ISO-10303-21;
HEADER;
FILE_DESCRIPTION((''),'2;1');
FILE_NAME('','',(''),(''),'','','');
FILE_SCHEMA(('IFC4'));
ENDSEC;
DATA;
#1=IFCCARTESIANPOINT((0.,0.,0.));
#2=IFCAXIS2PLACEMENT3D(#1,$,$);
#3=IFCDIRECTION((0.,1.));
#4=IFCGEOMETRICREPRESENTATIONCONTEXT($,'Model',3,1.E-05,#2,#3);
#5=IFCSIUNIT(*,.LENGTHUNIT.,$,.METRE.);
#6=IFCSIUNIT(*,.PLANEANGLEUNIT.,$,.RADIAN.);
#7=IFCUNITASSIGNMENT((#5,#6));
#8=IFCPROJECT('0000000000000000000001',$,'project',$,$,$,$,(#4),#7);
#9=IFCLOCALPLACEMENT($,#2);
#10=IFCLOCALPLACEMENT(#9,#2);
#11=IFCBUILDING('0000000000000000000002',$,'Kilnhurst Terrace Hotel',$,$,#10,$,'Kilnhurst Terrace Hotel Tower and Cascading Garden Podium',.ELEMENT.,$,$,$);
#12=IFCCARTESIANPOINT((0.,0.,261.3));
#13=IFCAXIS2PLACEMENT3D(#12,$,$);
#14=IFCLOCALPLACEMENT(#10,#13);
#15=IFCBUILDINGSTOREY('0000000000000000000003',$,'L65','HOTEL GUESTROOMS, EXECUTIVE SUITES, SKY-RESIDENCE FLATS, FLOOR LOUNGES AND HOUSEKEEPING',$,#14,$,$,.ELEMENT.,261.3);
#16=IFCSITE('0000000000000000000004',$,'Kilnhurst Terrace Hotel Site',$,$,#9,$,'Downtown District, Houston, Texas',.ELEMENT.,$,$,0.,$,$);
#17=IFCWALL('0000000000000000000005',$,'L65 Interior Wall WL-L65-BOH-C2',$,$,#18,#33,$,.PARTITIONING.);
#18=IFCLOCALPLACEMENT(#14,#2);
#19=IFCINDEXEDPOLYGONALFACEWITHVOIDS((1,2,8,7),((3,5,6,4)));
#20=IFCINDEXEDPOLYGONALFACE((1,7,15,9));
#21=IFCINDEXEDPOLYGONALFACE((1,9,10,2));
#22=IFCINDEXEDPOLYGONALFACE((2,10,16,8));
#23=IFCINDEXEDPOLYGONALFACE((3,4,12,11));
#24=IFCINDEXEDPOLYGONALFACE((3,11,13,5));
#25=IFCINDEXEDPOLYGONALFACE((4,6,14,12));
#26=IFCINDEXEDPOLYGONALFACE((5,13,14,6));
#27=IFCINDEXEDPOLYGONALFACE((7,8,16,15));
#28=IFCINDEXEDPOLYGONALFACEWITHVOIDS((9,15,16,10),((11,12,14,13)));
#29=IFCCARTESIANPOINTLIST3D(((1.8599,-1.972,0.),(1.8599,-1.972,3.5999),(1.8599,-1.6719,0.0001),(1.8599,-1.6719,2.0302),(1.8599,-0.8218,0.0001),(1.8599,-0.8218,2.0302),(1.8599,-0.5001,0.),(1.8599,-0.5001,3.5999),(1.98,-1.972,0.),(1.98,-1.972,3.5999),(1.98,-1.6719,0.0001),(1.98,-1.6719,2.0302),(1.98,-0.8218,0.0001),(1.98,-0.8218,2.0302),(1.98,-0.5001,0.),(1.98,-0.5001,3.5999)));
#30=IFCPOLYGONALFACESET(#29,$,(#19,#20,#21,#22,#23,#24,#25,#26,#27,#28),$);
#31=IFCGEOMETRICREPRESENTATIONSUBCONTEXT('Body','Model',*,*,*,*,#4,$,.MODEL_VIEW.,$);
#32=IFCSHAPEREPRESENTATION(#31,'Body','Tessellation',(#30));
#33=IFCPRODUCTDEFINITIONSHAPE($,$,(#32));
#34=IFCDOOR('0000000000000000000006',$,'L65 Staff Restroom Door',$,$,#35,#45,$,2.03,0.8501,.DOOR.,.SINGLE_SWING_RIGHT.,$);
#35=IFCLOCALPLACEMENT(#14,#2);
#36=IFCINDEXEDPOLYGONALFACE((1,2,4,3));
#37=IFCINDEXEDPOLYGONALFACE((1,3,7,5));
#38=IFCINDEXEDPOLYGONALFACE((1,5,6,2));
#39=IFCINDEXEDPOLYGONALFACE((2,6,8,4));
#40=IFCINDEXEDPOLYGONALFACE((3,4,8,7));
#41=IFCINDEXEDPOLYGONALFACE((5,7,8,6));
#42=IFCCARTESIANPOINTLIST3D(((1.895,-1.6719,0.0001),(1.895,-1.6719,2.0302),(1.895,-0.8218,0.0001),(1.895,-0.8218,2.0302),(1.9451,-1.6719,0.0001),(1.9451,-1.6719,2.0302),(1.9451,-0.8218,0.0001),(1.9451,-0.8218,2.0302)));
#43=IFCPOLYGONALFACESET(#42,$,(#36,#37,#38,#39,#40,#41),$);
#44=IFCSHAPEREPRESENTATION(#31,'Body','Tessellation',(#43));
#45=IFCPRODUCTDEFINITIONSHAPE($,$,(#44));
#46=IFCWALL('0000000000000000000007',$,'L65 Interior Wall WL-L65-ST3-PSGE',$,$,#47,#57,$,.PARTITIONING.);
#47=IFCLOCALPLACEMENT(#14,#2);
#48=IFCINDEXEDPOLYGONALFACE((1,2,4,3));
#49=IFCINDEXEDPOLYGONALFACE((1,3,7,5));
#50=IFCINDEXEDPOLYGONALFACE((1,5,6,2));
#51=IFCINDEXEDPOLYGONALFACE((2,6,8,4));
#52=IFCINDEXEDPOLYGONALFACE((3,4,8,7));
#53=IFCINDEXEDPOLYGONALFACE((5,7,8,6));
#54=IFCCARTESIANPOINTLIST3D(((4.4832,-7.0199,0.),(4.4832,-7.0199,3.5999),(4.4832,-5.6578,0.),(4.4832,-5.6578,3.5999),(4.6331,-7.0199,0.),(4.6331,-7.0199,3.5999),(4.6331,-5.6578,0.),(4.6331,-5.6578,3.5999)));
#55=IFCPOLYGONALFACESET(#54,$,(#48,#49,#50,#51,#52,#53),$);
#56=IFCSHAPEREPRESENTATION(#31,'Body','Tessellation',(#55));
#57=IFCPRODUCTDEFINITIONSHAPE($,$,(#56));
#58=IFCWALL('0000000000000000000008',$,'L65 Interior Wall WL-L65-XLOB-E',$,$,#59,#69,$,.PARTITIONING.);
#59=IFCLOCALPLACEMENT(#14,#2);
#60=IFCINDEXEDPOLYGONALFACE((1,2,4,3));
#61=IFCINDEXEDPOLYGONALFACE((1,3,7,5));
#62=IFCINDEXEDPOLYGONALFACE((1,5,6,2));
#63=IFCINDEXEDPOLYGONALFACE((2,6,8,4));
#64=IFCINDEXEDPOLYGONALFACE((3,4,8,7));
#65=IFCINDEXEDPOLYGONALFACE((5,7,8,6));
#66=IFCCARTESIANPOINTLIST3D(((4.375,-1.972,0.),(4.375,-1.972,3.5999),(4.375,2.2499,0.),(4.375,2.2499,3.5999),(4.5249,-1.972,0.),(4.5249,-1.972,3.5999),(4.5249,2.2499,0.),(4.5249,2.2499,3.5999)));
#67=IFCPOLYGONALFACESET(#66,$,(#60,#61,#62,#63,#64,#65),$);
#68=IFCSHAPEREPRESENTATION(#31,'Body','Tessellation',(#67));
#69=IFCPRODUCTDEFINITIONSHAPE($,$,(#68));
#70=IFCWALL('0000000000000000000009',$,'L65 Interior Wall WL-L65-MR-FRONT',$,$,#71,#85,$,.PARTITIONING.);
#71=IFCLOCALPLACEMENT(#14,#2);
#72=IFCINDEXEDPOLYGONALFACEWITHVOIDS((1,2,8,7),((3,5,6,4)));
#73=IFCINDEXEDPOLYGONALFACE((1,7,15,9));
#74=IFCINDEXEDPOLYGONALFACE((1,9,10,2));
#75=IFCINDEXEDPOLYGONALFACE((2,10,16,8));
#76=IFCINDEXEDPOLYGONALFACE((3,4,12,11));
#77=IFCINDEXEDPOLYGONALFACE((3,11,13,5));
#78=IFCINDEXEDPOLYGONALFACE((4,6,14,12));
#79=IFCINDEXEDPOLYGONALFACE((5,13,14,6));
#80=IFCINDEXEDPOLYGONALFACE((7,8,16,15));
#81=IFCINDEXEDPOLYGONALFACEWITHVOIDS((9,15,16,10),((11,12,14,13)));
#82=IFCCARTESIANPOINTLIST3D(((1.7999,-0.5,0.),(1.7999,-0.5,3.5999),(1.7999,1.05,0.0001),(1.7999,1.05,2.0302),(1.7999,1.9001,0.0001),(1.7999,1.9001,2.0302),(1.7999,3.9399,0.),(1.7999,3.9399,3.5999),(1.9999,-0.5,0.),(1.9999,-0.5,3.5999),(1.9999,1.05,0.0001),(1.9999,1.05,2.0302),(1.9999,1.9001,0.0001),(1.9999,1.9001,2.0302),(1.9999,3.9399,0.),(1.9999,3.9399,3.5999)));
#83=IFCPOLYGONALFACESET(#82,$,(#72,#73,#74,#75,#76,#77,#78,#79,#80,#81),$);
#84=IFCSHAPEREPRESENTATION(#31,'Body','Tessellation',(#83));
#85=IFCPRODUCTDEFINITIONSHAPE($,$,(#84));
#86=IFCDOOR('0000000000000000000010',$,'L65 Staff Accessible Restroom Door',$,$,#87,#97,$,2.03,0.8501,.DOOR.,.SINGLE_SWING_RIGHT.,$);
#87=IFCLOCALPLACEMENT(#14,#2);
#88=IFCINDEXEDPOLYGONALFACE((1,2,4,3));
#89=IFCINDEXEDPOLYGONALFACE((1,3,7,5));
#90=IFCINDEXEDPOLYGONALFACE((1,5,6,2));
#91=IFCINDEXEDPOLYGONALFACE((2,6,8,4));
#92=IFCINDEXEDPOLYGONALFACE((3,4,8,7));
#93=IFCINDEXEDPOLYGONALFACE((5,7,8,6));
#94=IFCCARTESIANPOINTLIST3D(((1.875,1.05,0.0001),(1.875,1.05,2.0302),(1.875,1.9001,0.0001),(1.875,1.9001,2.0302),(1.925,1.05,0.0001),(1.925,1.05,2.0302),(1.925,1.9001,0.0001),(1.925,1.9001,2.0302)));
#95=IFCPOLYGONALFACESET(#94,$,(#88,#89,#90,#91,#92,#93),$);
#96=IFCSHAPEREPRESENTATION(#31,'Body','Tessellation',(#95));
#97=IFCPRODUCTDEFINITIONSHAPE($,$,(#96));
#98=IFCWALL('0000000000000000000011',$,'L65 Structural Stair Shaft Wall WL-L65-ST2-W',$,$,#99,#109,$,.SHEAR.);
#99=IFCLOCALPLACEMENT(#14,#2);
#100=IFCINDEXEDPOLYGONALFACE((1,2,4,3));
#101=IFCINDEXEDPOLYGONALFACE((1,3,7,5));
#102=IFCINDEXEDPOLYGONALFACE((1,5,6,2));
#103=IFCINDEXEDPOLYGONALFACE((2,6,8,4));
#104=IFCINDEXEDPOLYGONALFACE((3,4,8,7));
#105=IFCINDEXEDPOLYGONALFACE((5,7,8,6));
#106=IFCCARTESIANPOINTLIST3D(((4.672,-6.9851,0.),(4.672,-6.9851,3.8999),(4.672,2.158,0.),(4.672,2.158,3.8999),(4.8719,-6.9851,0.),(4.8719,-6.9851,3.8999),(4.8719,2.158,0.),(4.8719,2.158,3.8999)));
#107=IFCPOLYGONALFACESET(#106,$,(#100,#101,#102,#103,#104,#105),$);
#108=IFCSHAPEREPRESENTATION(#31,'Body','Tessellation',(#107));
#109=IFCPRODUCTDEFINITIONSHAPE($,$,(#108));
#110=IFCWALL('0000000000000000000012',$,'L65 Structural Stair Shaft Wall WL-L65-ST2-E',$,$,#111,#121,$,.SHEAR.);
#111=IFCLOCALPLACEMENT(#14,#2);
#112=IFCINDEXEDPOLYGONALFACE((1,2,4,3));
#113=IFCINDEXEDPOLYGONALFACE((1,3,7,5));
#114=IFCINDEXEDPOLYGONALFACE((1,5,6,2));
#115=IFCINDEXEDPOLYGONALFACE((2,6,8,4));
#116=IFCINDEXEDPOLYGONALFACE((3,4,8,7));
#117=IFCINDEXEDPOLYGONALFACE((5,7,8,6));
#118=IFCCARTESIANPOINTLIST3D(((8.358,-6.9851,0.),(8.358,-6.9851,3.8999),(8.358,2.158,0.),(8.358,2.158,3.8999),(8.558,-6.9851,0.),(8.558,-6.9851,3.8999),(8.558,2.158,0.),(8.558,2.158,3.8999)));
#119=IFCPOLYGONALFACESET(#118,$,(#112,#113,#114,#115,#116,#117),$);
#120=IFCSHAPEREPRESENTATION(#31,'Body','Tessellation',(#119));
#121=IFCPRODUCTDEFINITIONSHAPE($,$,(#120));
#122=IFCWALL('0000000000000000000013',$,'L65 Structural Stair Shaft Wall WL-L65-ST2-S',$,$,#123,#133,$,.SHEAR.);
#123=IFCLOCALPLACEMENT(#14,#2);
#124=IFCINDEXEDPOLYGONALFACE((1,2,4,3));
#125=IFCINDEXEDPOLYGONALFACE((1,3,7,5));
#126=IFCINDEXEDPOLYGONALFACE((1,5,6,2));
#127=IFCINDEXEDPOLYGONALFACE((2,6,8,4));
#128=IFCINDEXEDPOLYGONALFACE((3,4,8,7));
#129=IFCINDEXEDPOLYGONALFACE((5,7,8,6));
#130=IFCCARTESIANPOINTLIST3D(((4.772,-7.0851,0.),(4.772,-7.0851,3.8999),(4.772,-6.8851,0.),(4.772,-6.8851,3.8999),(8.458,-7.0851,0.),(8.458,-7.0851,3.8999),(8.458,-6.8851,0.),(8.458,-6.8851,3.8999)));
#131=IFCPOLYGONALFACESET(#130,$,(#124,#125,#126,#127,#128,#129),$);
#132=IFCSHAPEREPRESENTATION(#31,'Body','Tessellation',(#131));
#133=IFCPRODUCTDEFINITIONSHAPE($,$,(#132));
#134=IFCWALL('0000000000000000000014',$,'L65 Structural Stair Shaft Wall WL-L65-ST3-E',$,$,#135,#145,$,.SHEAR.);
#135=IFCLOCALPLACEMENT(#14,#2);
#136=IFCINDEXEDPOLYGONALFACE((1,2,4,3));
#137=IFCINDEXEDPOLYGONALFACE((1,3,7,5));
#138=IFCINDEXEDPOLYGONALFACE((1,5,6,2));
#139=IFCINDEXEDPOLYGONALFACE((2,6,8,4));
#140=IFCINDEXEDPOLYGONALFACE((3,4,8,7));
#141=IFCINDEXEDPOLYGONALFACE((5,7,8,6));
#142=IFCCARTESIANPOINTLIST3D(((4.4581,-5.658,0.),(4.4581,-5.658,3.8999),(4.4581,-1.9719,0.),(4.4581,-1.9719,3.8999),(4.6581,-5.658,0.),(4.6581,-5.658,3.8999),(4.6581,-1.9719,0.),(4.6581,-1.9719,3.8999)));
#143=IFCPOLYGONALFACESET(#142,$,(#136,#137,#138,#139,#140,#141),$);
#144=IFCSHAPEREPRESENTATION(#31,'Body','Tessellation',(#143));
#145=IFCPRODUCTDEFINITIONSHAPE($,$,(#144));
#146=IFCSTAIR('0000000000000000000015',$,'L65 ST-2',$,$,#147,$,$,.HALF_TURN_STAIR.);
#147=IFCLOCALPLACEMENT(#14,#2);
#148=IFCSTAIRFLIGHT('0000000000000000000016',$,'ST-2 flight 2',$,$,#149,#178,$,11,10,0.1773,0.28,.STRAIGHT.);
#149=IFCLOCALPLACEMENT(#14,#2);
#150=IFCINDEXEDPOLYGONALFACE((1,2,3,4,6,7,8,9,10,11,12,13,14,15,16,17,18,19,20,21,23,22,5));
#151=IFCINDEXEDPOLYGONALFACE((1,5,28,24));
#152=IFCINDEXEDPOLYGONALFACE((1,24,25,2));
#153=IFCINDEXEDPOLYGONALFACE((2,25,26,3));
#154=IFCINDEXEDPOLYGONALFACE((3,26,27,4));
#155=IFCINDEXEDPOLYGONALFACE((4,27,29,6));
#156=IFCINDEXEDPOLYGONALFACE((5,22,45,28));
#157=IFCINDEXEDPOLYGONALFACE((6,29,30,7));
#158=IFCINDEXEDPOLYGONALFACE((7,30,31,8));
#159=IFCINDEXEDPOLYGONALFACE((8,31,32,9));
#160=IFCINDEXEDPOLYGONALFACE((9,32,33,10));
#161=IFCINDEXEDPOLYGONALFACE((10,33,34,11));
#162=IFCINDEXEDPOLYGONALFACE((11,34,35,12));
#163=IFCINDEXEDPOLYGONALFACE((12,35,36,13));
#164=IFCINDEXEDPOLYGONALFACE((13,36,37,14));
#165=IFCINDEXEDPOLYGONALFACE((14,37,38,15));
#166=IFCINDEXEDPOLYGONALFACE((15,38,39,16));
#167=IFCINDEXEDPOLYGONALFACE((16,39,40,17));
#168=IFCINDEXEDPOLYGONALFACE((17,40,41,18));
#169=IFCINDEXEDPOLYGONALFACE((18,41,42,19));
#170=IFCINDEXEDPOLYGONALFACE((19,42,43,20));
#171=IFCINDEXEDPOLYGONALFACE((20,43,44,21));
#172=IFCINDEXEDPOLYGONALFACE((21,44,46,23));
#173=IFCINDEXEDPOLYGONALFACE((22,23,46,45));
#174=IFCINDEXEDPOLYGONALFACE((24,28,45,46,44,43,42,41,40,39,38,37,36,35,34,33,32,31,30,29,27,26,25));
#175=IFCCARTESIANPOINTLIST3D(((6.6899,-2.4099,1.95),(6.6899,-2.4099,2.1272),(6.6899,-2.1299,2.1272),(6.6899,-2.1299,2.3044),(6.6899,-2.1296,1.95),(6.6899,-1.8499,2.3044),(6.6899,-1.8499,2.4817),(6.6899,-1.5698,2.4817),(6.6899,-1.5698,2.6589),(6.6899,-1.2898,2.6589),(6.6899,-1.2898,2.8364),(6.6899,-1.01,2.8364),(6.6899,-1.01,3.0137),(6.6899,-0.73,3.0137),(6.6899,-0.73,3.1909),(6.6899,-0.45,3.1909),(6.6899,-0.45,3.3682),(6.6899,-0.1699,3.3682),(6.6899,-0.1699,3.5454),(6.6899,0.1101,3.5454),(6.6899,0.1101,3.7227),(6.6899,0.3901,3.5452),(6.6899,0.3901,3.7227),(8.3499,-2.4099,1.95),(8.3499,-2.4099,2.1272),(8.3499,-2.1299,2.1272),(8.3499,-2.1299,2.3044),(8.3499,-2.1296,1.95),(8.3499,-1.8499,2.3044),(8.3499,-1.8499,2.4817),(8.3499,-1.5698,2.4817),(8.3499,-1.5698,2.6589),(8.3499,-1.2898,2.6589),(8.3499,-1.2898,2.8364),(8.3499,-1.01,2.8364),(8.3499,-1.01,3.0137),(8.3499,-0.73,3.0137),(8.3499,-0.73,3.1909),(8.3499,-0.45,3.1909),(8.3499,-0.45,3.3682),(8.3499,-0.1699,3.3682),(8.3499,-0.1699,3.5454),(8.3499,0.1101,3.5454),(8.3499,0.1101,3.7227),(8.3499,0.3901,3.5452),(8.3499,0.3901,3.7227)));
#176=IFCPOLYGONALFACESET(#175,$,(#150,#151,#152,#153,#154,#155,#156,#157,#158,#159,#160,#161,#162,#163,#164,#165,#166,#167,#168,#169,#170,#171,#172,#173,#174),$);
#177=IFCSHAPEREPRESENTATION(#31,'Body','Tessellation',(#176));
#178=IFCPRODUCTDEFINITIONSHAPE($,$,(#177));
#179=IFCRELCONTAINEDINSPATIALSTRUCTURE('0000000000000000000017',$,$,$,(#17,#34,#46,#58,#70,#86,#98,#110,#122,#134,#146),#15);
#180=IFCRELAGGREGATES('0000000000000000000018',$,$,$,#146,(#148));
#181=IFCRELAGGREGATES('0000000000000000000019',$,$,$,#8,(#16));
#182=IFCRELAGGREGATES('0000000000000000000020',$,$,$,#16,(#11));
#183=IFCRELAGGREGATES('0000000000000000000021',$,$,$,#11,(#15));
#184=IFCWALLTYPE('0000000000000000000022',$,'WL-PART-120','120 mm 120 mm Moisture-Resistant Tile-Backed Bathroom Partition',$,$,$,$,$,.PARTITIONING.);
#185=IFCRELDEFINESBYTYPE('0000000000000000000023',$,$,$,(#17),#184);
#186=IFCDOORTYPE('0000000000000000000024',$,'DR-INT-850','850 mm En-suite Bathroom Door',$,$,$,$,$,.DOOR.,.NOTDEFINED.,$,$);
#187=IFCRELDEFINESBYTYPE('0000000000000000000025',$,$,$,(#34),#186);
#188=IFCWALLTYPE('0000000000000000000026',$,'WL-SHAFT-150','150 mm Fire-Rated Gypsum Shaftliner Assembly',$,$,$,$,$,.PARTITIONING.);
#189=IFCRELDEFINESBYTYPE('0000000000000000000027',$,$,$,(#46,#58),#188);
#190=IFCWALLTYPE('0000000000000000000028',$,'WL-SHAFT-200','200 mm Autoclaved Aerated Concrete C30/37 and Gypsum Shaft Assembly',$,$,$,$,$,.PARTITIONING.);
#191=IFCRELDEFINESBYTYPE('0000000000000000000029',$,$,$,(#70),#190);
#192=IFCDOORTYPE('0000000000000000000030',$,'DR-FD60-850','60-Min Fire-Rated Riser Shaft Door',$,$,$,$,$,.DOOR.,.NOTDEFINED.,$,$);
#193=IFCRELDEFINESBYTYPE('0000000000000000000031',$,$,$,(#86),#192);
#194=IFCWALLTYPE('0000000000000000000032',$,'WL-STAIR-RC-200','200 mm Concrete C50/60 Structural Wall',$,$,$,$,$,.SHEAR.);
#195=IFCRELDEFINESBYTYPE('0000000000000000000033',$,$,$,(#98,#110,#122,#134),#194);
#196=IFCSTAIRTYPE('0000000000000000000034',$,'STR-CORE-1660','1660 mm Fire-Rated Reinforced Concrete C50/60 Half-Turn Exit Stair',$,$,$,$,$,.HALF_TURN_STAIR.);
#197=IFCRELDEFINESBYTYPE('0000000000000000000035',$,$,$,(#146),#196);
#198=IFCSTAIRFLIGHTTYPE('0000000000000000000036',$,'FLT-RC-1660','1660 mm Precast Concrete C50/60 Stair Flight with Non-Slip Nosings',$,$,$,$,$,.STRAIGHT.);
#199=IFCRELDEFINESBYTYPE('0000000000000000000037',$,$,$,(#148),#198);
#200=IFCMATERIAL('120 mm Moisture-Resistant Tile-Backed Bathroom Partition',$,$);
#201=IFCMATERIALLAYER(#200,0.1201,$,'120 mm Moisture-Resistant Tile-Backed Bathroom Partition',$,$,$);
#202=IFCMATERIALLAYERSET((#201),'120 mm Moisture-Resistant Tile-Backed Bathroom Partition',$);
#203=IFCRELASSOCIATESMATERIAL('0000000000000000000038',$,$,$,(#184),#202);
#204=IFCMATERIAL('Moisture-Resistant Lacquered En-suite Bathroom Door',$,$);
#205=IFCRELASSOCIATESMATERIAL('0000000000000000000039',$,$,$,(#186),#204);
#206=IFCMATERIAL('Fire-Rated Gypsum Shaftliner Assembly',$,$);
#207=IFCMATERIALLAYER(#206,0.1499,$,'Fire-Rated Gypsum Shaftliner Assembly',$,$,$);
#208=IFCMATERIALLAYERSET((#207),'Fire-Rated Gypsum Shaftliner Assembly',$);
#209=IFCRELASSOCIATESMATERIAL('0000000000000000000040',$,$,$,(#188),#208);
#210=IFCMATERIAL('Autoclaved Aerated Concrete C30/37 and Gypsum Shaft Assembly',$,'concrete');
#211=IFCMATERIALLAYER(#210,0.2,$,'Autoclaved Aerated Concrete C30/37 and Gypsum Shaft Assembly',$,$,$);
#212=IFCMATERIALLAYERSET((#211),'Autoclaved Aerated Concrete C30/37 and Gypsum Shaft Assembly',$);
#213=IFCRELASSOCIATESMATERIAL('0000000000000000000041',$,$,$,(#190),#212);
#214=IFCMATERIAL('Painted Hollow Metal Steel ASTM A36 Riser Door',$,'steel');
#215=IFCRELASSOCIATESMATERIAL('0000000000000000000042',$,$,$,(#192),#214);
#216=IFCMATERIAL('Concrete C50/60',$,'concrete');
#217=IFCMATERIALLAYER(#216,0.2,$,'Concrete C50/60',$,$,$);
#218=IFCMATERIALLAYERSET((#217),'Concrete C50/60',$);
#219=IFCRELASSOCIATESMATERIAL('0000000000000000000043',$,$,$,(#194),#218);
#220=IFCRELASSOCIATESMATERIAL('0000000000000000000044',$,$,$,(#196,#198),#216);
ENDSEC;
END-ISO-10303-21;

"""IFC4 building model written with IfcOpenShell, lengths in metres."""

from ifc_helpers import new_model, si_unit, direction, frame, frame_2d, origin, place, context, subcontext, project, spatial, polyline, rectangle, outline, extrude, material, layer, layer_set, type_object, element, fill, aggregate, save


model = new_model("IFC4")

# Units and contexts
model_context = context("Model", 3, precision=1e-05, world=origin(), true_north=direction((0.0, 1.0)))
body_context = subcontext(model_context, "Body", "Model", "MODEL_VIEW")
ifc_project = project(units=[si_unit("LENGTHUNIT", "METRE"), si_unit("PLANEANGLEUNIT", "RADIAN")], contexts=[model_context])

# Site, building, storey
site_placement = place(None, origin())
site = spatial("IfcSite", under=ifc_project, at=site_placement, Name="Kilnhurst Terrace Hotel Site", LongName="Downtown District, Houston, Texas", CompositionType="ELEMENT", RefElevation=0.0)
building_placement = place(site_placement, origin())
building = spatial("IfcBuilding", under=site, at=building_placement, Name="Kilnhurst Terrace Hotel", LongName="Kilnhurst Terrace Hotel Tower and Cascading Garden Podium", CompositionType="ELEMENT")
storey_placement = place(building_placement, frame((0.0, 0.0, 261.3)))
storey = spatial("IfcBuildingStorey", under=building, at=storey_placement, Name="L65", Description="HOTEL GUESTROOMS, EXECUTIVE SUITES, SKY-RESIDENCE FLATS, FLOOR LOUNGES AND HOUSEKEEPING", CompositionType="ELEMENT", Elevation=261.3)

# Wall, opening, door
ifc_material_1 = material(Name="120 mm Moisture-Resistant Tile-Backed Bathroom Partition")
ifc_layer_1 = layer(ifc_material_1, 0.1201, Name="120 mm Moisture-Resistant Tile-Backed Bathroom Partition")
ifc_layer_set_1 = layer_set([ifc_layer_1], Name="120 mm Moisture-Resistant Tile-Backed Bathroom Partition")
wall_type_1 = type_object("IfcWallType", Name="WL-PART-120", Description="120 mm 120 mm Moisture-Resistant Tile-Backed Bathroom Partition", PredefinedType="PARTITIONING", material=ifc_layer_set_1)
wall_1_placement = place(storey_placement, frame((1.9199, -1.9719, 0.0), z_axis=(0.0, 0.0, 1.0), x_axis=(0.0, 1.0, 0.0)))
wall_1 = element("IfcWall", 1, at=wall_1_placement, inside=storey, type_object=wall_type_1, Name="L65 Interior Wall WL-L65-BOH-C2", PredefinedType="PARTITIONING", context=body_context, shape_type="SweptSolid", body=[
    extrude(rectangle(XDim=1.4719, YDim=0.1201, at=frame_2d((0.7358, 0.0))), origin(), (0.0, 0.0, 1.0), 3.5999),
])
opening_1_placement = place(wall_1_placement, frame((0.3, 0.0, 0.0)))
opening_1 = element("IfcOpeningElement", 2, at=opening_1_placement, cuts=wall_1, PredefinedType="OPENING", context=body_context, shape_type="SweptSolid", body=[
    extrude(rectangle(XDim=0.8501, YDim=2.03, at=frame_2d((0.425, 1.0151))), frame((0.0, 0.0701, 0.0), z_axis=(0.0, -1.0, 0.0), x_axis=(1.0, 0.0, 0.0)), (0.0, 0.0, 1.0), 0.1401),
])
ifc_material_2 = material(Name="Moisture-Resistant Lacquered En-suite Bathroom Door")
door_type_1 = type_object("IfcDoorType", Name="DR-INT-850", Description="850 mm En-suite Bathroom Door", OperationType="NOTDEFINED", PredefinedType="DOOR", material=ifc_material_2)
door_1_placement = place(opening_1_placement, origin())
door_1 = element("IfcDoor", 3, at=door_1_placement, inside=storey, type_object=door_type_1, Name="L65 Staff Restroom Door", OperationType="SINGLE_SWING_RIGHT", OverallHeight=2.03, OverallWidth=0.8501, PredefinedType="DOOR", context=body_context, shape_type="SweptSolid", body=[
    extrude(rectangle(XDim=0.8501, YDim=2.03, at=frame_2d((0.425, 1.0151))), frame((0.0, 0.0249, 0.0), z_axis=(0.0, -1.0, 0.0), x_axis=(1.0, 0.0, 0.0)), (0.0, 0.0, 1.0), 0.05),
])
fill(opening_1, door_1)

# Walls
ifc_material_3 = material(Name="Fire-Rated Gypsum Shaftliner Assembly")
ifc_layer_2 = layer(ifc_material_3, 0.1499, Name="Fire-Rated Gypsum Shaftliner Assembly")
ifc_layer_set_2 = layer_set([ifc_layer_2], Name="Fire-Rated Gypsum Shaftliner Assembly")
wall_type_2 = type_object("IfcWallType", Name="WL-SHAFT-150", Description="150 mm Fire-Rated Gypsum Shaftliner Assembly", PredefinedType="PARTITIONING", material=ifc_layer_set_2)
wall_2_placement = place(storey_placement, frame((4.5581, -7.02, 0.0), z_axis=(0.0, 0.0, 1.0), x_axis=(0.0, 1.0, 0.0)))
element("IfcWall", 4, at=wall_2_placement, inside=storey, type_object=wall_type_2, Name="L65 Interior Wall WL-L65-ST3-PSGE", PredefinedType="PARTITIONING", context=body_context, shape_type="SweptSolid", body=[
    extrude(rectangle(XDim=1.3621, YDim=0.1499, at=frame_2d((0.6812, 0.0))), origin(), (0.0, 0.0, 1.0), 3.5999),
])
wall_3_placement = place(storey_placement, frame((4.45, -1.9719, 0.0), z_axis=(0.0, 0.0, 1.0), x_axis=(0.0, 1.0, 0.0)))
element("IfcWall", 5, at=wall_3_placement, inside=storey, type_object=wall_type_2, Name="L65 Interior Wall WL-L65-XLOB-E", PredefinedType="PARTITIONING", context=body_context, shape_type="SweptSolid", body=[
    extrude(rectangle(XDim=4.2219, YDim=0.1499, at=frame_2d((2.1108, 0.0))), origin(), (0.0, 0.0, 1.0), 3.5999),
])

# Wall, opening, door
ifc_material_4 = material(Name="Autoclaved Aerated Concrete C30/37 and Gypsum Shaft Assembly", Category="concrete")
ifc_layer_3 = layer(ifc_material_4, 0.2, Name="Autoclaved Aerated Concrete C30/37 and Gypsum Shaft Assembly")
ifc_layer_set_3 = layer_set([ifc_layer_3], Name="Autoclaved Aerated Concrete C30/37 and Gypsum Shaft Assembly")
wall_type_3 = type_object("IfcWallType", Name="WL-SHAFT-200", Description="200 mm Autoclaved Aerated Concrete C30/37 and Gypsum Shaft Assembly", PredefinedType="PARTITIONING", material=ifc_layer_set_3)
wall_4_placement = place(storey_placement, frame((1.8999, -0.5, 0.0), z_axis=(0.0, 0.0, 1.0), x_axis=(0.0, 1.0, 0.0)))
wall_4 = element("IfcWall", 6, at=wall_4_placement, inside=storey, type_object=wall_type_3, Name="L65 Interior Wall WL-L65-MR-FRONT", PredefinedType="PARTITIONING", context=body_context, shape_type="SweptSolid", body=[
    extrude(rectangle(XDim=4.4399, YDim=0.2, at=frame_2d((2.22, 0.0))), origin(), (0.0, 0.0, 1.0), 3.5999),
])
opening_2_placement = place(wall_4_placement, frame((1.55, 0.0, 0.0)))
opening_2 = element("IfcOpeningElement", 7, at=opening_2_placement, cuts=wall_4, PredefinedType="OPENING", context=body_context, shape_type="SweptSolid", body=[
    extrude(rectangle(XDim=0.8501, YDim=2.03, at=frame_2d((0.425, 1.0151))), frame((0.0, 0.1099, 0.0), z_axis=(0.0, -1.0, 0.0), x_axis=(1.0, 0.0, 0.0)), (0.0, 0.0, 1.0), 0.22),
])
ifc_material_5 = material(Name="Painted Hollow Metal Steel ASTM A36 Riser Door", Category="steel")
door_type_2 = type_object("IfcDoorType", Name="DR-FD60-850", Description="60-Min Fire-Rated Riser Shaft Door", OperationType="NOTDEFINED", PredefinedType="DOOR", material=ifc_material_5)
door_2_placement = place(opening_2_placement, origin())
door_2 = element("IfcDoor", 8, at=door_2_placement, inside=storey, type_object=door_type_2, Name="L65 Staff Accessible Restroom Door", OperationType="SINGLE_SWING_RIGHT", OverallHeight=2.03, OverallWidth=0.8501, PredefinedType="DOOR", context=body_context, shape_type="SweptSolid", body=[
    extrude(rectangle(XDim=0.8501, YDim=2.03, at=frame_2d((0.425, 1.0151))), frame((0.0, 0.0249, 0.0), z_axis=(0.0, -1.0, 0.0), x_axis=(1.0, 0.0, 0.0)), (0.0, 0.0, 1.0), 0.05),
])
fill(opening_2, door_2)

# Walls
ifc_material_6 = material(Name="Concrete C50/60", Category="concrete")
ifc_layer_4 = layer(ifc_material_6, 0.2, Name="Concrete C50/60")
ifc_layer_set_4 = layer_set([ifc_layer_4], Name="Concrete C50/60")
wall_type_4 = type_object("IfcWallType", Name="WL-STAIR-RC-200", Description="200 mm Concrete C50/60 Structural Wall", PredefinedType="SHEAR", material=ifc_layer_set_4)
for number, where, z_axis, x_axis, name in (
    (9, (4.772, -6.9851, 0.0), (0.0, 0.0, 1.0), (0.0, 1.0, 0.0), "L65 Structural Stair Shaft Wall WL-L65-ST2-W"),
    (10, (8.458, -6.9851, 0.0), (0.0, 0.0, 1.0), (0.0, 1.0, 0.0), "L65 Structural Stair Shaft Wall WL-L65-ST2-E"),
):
    element("IfcWall", number, at=place(storey_placement, frame(where, z_axis=z_axis, x_axis=x_axis)), inside=storey, type_object=wall_type_4, Name=name, PredefinedType="SHEAR", context=body_context, shape_type="SweptSolid", body=[
        extrude(rectangle(XDim=9.1431, YDim=0.2, at=frame_2d((4.5715, 0.0))), origin(), (0.0, 0.0, 1.0), 3.8999),
    ])
for number, where, z_axis, x_axis, name in (
    (11, (4.772, -6.9851, 0.0), (0.0, 0.0, 1.0), (1.0, 0.0, 0.0), "L65 Structural Stair Shaft Wall WL-L65-ST2-S"),
    (12, (4.5581, -5.658, 0.0), (0.0, 0.0, 1.0), (0.0, 1.0, 0.0), "L65 Structural Stair Shaft Wall WL-L65-ST3-E"),
):
    element("IfcWall", number, at=place(storey_placement, frame(where, z_axis=z_axis, x_axis=x_axis)), inside=storey, type_object=wall_type_4, Name=name, PredefinedType="SHEAR", context=body_context, shape_type="SweptSolid", body=[
        extrude(rectangle(XDim=3.686, YDim=0.2, at=frame_2d((1.843, 0.0))), origin(), (0.0, 0.0, 1.0), 3.8999),
    ])

# Stair, stair flight
stair_type = type_object("IfcStairType", Name="STR-CORE-1660", Description="1660 mm Fire-Rated Reinforced Concrete C50/60 Half-Turn Exit Stair", PredefinedType="HALF_TURN_STAIR", material=ifc_material_6)
stair_1_placement = place(storey_placement, origin())
stair_1 = element("IfcStair", 13, at=stair_1_placement, inside=storey, type_object=stair_type, Name="L65 ST-2", PredefinedType="HALF_TURN_STAIR")
stair_flight_type = type_object("IfcStairFlightType", Name="FLT-RC-1660", Description="1660 mm Precast Concrete C50/60 Stair Flight with Non-Slip Nosings", PredefinedType="STRAIGHT", material=ifc_material_6)
stair_flight_1_placement = place(storey_placement, frame((7.52, -2.4099, 1.95), z_axis=(0.0, 0.0, 1.0), x_axis=(0.0, 1.0, 0.0)))
stair_flight_1 = element("IfcStairFlight", 14, at=stair_flight_1_placement, type_object=stair_flight_type, Name="ST-2 flight 2", NumberOfRisers=11, NumberOfTreads=10, PredefinedType="STRAIGHT", RiserHeight=0.1773, TreadLength=0.28, context=body_context, shape_type="SweptSolid", body=[
    extrude(outline(polyline([(0.0, 0.0), (0.0, 0.1772), (0.28, 0.1772), (0.28, 0.3545), (0.5601, 0.3545), (0.5601, 0.5317), (0.8401, 0.5317), (0.8401, 0.709), (1.1201, 0.709), (1.1201, 0.8865), (1.3999, 0.8865), (1.3999, 1.0637), (1.6799, 1.0637), (1.6799, 1.241), (1.96, 1.241), (1.96, 1.4182), (2.24, 1.4182), (2.24, 1.5955), (2.52, 1.5955), (2.52, 1.7727), (2.8, 1.7727), (2.8, 1.95), (2.8, 1.5952), (0.2803, 0.0), (0.0, 0.0)])), frame((0.0, 0.8301, 0.0), z_axis=(0.0, -1.0, 0.0), x_axis=(1.0, 0.0, 0.0)), (0.0, 0.0, 1.0), 1.6599),
])
aggregate(stair_1, [stair_flight_1])

save(model, "model.ifc")
